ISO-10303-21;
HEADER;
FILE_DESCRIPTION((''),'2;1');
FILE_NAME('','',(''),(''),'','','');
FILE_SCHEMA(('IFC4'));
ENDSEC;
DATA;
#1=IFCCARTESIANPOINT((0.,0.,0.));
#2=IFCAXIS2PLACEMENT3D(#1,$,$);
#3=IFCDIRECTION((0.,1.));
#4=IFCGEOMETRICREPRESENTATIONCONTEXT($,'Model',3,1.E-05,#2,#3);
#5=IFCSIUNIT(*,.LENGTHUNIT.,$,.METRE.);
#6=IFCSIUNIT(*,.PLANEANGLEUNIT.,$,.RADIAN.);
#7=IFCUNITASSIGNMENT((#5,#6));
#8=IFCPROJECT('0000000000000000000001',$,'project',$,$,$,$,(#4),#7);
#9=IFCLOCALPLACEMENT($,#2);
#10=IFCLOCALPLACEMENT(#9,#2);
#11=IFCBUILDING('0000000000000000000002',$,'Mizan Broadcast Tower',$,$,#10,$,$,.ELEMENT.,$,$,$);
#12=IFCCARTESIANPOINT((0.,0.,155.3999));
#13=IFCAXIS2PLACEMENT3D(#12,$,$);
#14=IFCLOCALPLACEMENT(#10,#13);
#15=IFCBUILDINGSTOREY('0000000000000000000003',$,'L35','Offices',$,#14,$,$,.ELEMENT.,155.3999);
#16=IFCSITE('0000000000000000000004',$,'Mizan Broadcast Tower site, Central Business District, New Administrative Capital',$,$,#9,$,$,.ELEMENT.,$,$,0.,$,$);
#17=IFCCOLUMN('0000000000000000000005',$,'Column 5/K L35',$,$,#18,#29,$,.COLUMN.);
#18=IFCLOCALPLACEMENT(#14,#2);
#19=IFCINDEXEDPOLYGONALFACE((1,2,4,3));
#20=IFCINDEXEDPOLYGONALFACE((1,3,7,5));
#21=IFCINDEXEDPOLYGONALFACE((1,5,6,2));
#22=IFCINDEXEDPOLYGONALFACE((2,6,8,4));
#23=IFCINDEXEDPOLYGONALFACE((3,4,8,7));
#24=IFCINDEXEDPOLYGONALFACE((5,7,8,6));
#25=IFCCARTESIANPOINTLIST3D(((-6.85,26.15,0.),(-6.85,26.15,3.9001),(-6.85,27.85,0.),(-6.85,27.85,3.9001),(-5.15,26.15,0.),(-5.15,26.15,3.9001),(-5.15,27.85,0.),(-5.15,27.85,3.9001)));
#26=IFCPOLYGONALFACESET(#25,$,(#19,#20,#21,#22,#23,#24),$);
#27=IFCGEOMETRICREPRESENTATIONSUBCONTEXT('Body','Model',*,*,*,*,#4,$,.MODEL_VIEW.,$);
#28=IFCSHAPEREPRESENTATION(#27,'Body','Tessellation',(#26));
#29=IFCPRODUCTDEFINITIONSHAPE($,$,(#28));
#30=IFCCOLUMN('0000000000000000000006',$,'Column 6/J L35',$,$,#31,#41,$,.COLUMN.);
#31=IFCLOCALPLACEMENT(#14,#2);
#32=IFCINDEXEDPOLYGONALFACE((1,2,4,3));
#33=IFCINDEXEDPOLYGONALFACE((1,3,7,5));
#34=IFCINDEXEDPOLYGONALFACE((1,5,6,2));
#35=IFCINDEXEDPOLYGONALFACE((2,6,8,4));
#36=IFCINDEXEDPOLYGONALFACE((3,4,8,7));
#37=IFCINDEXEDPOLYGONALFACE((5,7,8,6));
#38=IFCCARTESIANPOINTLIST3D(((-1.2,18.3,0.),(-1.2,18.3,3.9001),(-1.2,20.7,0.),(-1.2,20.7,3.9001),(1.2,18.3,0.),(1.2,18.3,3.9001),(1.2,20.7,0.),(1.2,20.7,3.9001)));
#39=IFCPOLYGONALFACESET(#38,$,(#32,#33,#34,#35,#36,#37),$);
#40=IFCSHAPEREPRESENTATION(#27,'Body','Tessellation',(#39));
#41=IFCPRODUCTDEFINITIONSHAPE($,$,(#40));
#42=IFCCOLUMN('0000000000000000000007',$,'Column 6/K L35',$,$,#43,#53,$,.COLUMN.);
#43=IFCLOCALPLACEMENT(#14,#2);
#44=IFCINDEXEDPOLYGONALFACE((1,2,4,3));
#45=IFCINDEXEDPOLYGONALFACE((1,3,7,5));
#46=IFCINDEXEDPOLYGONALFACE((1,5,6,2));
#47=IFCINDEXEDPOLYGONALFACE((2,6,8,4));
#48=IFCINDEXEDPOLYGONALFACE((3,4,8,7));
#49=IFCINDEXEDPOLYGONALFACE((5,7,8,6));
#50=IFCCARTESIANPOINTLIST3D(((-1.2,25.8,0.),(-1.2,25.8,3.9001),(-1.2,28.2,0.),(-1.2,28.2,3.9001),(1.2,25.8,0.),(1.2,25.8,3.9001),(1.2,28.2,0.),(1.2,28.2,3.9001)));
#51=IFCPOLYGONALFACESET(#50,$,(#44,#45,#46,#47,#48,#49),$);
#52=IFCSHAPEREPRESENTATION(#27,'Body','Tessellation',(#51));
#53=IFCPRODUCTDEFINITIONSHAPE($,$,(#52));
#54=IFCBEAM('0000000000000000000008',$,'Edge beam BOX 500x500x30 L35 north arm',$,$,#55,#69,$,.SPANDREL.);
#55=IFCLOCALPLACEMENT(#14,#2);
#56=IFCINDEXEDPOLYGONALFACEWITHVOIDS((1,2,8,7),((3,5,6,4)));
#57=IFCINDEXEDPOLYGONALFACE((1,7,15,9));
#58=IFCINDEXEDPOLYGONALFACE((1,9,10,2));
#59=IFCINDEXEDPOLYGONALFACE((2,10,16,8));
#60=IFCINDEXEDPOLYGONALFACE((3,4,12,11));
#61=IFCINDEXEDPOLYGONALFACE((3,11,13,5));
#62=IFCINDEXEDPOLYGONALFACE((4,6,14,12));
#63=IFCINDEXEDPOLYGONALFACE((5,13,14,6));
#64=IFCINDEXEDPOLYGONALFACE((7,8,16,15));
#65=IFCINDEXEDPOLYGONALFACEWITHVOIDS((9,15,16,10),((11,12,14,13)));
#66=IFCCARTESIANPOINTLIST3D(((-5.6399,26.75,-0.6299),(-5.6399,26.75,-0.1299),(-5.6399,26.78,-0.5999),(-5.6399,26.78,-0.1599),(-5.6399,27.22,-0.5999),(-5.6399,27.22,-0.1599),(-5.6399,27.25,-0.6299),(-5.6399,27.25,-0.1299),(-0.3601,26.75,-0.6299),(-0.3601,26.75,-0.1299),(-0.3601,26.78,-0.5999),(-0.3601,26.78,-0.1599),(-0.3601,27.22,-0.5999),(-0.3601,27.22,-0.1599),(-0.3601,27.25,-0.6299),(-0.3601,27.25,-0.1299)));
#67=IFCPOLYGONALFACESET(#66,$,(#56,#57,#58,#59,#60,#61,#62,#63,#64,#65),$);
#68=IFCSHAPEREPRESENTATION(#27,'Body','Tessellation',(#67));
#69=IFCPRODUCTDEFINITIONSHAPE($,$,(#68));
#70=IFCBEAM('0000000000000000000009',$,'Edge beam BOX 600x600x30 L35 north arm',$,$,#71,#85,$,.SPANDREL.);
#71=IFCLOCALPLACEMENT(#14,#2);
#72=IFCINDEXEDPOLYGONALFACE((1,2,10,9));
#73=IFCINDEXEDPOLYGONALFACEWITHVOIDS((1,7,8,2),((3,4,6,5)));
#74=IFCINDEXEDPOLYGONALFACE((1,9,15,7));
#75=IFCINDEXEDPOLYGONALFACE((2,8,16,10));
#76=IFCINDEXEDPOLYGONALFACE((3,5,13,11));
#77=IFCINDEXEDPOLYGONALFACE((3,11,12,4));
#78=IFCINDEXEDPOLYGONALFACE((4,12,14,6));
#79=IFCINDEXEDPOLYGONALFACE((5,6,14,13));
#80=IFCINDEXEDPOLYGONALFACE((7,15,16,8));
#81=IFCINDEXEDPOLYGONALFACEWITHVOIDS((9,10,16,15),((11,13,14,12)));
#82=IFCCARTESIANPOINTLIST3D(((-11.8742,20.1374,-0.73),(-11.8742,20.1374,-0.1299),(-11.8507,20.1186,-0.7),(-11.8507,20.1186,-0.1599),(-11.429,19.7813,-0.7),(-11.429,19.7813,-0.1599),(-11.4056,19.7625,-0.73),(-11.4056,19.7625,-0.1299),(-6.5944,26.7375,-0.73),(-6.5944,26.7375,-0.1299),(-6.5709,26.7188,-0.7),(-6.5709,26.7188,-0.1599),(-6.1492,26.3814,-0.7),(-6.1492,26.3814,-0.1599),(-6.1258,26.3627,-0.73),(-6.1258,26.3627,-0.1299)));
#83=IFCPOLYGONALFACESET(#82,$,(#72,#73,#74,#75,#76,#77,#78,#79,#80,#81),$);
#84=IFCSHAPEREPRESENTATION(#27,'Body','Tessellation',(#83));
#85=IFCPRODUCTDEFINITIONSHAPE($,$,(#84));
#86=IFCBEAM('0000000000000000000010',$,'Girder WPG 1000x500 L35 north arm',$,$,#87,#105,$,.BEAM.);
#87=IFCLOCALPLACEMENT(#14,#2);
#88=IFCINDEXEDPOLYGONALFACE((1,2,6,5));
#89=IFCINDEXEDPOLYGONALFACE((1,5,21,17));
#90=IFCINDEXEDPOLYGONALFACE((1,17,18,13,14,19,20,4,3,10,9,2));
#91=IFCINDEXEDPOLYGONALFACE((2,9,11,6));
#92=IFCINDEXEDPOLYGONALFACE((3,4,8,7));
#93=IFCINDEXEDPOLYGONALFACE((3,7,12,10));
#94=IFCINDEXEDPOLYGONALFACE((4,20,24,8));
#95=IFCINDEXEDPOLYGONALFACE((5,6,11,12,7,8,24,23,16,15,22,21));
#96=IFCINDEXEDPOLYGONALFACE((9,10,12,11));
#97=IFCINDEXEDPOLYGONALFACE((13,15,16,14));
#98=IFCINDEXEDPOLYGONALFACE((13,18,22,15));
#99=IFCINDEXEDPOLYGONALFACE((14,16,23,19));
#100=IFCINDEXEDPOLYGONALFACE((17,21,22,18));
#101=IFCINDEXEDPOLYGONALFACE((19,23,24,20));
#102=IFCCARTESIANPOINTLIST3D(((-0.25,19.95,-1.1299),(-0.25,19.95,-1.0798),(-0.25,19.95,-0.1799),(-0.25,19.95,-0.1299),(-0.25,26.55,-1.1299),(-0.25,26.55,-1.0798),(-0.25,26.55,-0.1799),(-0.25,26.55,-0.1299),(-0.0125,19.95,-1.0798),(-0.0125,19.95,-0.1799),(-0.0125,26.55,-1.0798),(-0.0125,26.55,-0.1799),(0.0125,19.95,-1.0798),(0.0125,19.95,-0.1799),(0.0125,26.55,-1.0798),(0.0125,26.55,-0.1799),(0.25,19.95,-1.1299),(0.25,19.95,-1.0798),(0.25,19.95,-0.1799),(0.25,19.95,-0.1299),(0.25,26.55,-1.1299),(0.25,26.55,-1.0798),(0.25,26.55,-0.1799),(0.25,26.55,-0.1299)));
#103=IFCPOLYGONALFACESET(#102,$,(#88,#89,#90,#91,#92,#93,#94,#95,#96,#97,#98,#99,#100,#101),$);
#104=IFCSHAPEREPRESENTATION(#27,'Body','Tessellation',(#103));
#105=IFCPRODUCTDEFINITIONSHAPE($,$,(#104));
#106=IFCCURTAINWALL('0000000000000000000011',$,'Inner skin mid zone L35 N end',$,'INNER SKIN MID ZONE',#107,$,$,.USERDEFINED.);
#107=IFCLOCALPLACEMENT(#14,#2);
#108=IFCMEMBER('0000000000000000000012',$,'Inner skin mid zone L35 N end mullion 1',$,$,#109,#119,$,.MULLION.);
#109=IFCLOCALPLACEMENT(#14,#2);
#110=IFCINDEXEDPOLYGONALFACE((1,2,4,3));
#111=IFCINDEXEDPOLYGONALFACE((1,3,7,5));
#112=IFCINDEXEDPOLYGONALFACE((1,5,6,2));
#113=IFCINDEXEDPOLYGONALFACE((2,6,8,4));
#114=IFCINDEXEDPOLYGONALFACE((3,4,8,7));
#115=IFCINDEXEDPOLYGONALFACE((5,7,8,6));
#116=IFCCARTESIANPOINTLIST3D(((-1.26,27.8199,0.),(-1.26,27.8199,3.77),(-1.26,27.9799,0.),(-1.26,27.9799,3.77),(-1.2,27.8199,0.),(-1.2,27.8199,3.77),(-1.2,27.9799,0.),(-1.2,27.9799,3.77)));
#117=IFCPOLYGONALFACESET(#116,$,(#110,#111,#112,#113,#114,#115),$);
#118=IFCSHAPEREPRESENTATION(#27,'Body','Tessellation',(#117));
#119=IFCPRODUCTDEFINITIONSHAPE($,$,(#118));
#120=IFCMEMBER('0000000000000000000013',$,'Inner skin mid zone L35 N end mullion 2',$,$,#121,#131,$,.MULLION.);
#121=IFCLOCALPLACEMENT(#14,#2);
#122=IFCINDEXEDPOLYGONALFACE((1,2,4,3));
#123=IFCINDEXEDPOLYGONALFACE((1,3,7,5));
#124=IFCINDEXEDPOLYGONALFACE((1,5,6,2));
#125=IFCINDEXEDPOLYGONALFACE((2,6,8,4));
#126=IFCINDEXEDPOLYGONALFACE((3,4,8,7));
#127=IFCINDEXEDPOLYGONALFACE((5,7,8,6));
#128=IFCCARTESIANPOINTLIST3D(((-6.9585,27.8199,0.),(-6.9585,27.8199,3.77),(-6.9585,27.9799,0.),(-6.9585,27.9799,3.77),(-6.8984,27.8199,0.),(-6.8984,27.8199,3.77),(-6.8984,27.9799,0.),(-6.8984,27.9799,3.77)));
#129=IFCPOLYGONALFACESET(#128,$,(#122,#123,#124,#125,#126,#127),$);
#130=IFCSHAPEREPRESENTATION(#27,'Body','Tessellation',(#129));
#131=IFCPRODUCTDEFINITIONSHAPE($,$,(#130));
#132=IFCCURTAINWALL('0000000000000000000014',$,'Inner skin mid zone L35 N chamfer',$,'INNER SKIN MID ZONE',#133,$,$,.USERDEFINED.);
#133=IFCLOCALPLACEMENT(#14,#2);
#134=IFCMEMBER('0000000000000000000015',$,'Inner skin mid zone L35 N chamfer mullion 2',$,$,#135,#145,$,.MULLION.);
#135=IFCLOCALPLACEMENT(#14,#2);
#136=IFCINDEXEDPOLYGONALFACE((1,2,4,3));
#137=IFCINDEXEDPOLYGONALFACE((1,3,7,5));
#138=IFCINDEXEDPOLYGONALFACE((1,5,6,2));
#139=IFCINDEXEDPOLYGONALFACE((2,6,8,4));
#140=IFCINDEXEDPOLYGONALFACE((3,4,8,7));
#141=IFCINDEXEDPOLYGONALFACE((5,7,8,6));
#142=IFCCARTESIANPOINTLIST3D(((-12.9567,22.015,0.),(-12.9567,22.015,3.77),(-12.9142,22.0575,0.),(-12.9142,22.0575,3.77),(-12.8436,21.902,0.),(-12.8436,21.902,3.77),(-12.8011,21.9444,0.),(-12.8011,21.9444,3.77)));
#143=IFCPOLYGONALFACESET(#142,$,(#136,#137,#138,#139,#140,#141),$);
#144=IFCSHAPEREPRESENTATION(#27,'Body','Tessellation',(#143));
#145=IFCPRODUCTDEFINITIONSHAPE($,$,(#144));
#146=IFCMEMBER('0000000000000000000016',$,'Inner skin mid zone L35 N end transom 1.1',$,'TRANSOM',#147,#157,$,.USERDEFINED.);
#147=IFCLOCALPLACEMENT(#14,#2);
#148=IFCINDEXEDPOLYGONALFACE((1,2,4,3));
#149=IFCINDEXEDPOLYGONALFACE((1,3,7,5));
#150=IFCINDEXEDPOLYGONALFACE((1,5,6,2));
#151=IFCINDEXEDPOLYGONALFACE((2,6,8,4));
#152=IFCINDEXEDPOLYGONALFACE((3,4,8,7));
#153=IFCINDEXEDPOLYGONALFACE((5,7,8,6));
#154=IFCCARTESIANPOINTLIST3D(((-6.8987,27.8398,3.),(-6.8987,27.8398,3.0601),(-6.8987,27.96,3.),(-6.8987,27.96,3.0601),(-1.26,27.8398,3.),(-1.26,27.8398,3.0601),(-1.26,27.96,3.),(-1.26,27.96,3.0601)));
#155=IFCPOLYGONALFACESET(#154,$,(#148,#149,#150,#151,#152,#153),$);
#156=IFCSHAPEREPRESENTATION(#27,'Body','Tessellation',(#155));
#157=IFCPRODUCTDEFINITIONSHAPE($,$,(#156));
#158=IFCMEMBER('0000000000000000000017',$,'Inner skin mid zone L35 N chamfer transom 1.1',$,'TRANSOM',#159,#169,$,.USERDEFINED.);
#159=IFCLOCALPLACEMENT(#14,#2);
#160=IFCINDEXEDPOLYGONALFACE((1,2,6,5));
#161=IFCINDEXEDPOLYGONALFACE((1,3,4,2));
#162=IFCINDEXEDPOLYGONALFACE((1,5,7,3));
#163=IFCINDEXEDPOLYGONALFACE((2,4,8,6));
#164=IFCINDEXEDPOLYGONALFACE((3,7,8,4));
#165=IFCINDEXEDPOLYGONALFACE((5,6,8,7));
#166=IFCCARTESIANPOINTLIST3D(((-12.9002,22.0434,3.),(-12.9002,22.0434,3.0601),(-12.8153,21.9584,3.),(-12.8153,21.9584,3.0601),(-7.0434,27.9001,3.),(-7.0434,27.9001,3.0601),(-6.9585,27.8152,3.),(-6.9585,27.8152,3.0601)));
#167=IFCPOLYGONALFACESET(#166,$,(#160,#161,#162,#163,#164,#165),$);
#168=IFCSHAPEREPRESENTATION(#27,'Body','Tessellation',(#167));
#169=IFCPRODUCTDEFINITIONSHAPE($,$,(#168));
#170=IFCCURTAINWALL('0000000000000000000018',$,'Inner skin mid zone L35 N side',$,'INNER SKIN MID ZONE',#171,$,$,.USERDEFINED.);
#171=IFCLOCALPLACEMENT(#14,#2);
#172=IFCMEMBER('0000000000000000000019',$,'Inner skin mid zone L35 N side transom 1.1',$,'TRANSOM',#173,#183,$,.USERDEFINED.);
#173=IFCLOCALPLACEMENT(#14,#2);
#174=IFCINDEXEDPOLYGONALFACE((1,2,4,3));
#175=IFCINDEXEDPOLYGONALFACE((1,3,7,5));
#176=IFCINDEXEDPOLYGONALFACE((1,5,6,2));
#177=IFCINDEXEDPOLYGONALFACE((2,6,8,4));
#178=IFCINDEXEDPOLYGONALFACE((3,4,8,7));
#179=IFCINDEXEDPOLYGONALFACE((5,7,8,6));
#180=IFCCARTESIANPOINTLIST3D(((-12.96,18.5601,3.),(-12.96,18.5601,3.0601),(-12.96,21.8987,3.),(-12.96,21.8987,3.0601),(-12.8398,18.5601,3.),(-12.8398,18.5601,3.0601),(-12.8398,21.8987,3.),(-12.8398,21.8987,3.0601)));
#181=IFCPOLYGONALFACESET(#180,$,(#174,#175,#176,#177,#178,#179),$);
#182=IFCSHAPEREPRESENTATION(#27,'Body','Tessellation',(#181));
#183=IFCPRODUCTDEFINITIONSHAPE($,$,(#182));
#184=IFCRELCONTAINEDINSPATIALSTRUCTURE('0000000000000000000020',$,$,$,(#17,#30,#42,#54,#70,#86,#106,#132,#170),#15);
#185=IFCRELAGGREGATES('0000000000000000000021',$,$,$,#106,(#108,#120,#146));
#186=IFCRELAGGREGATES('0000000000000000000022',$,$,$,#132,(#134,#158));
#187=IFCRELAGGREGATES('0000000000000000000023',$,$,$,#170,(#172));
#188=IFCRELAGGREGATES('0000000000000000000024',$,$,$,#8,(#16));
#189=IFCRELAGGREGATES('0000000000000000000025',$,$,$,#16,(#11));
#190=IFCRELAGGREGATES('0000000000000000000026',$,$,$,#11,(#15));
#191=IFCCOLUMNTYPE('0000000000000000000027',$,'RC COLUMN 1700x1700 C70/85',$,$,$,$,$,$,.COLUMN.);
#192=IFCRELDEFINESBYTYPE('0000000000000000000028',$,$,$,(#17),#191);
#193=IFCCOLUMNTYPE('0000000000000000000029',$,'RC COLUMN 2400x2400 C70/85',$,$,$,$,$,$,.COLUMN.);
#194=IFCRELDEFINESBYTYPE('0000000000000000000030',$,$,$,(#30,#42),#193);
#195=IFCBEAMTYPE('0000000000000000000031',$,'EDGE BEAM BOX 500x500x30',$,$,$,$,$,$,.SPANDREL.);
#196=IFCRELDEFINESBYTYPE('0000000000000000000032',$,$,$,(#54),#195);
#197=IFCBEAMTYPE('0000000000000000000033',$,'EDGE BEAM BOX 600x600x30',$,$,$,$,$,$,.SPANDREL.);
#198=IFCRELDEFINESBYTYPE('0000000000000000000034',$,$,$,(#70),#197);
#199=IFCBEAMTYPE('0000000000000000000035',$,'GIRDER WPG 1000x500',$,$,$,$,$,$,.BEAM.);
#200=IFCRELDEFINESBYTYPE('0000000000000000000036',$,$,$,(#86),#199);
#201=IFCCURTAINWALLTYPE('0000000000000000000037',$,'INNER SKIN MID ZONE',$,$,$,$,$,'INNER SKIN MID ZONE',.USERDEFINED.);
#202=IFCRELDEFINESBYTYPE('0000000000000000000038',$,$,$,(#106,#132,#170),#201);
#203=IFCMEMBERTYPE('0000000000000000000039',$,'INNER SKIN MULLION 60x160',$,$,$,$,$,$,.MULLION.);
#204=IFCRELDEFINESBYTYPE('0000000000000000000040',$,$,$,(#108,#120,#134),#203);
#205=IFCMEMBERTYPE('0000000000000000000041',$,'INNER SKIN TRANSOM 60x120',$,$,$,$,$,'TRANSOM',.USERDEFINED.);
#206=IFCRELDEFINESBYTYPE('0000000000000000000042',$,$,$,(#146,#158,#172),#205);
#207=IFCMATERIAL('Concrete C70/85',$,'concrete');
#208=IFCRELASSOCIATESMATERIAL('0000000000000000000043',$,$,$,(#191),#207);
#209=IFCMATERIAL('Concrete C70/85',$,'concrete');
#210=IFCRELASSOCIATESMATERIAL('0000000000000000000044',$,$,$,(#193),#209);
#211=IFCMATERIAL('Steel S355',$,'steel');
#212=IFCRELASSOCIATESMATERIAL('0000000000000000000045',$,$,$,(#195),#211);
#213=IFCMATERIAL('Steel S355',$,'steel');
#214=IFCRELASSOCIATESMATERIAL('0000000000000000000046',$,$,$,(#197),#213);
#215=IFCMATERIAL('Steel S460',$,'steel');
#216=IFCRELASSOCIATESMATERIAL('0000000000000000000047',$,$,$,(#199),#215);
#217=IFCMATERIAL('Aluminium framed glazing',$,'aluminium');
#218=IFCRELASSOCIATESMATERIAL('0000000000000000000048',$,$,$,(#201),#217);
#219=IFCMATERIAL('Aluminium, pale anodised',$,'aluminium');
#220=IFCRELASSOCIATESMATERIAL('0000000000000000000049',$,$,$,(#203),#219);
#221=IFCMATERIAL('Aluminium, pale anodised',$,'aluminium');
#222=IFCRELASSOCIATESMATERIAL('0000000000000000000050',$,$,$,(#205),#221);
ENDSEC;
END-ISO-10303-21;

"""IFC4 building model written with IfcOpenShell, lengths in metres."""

from ifc_helpers import new_model, si_unit, direction, frame, origin, origin_2d, place, context, subcontext, project, spatial, rectangle, hollow_rectangle, i_section, extrude, material, material_profile, profile_set, type_object, element, aggregate, save


model = new_model("IFC4")

# Units and contexts
model_context = context("Model", 3, precision=1e-05, world=origin(), true_north=direction((0.0, 1.0)))
body_context = subcontext(model_context, "Body", "Model", "MODEL_VIEW")
ifc_project = project(units=[si_unit("LENGTHUNIT", "METRE"), si_unit("PLANEANGLEUNIT", "RADIAN")], contexts=[model_context])

# Site, building, storey
site_placement = place(None, origin())
site = spatial("IfcSite", under=ifc_project, at=site_placement, Name="Mizan Broadcast Tower site, Central Business District, New Administrative Capital", CompositionType="ELEMENT", RefElevation=0.0)
building_placement = place(site_placement, origin())
building = spatial("IfcBuilding", under=site, at=building_placement, Name="Mizan Broadcast Tower", CompositionType="ELEMENT")
storey_placement = place(building_placement, frame((0.0, 0.0, 155.3999)))
storey = spatial("IfcBuildingStorey", under=building, at=storey_placement, Name="L35", Description="Offices", CompositionType="ELEMENT", Elevation=155.3999)

# Columns
ifc_material_1 = material(Name="Concrete C70/85", Category="concrete")
ifc_material_profile_1 = material_profile(ifc_material_1, rectangle(XDim=1.7, YDim=1.7, at=origin_2d()), Name="RC 1700x1700")
ifc_profile_set_1 = profile_set([ifc_material_profile_1], Name="Concrete C70/85")
column_type_1 = type_object("IfcColumnType", Name="RC COLUMN 1700x1700 C70/85", PredefinedType="COLUMN", material=ifc_profile_set_1)
column_placement = place(storey_placement, frame((-6.0, 27.0, 0.0), z_axis=(0.0, 0.0, 1.0), x_axis=(1.0, 0.0, 0.0)))
element("IfcColumn", 1, at=column_placement, inside=storey, type_object=column_type_1, Name="Column 5/K L35", PredefinedType="COLUMN", context=body_context, shape_type="SweptSolid", body=[
    extrude(rectangle(XDim=1.7, YDim=1.7, at=origin_2d()), origin(), (0.0, 0.0, 1.0), 3.9001),
])
ifc_material_2 = material(Name="Concrete C70/85", Category="concrete")
ifc_material_profile_2 = material_profile(ifc_material_2, rectangle(XDim=2.3999, YDim=2.3999, at=origin_2d()), Name="RC 2400x2400")
ifc_profile_set_2 = profile_set([ifc_material_profile_2], Name="Concrete C70/85")
column_type_2 = type_object("IfcColumnType", Name="RC COLUMN 2400x2400 C70/85", PredefinedType="COLUMN", material=ifc_profile_set_2)
for number, where, z_axis, x_axis, name in (
    (2, (0.0, 19.5, 0.0), (0.0, 0.0, 1.0), (1.0, 0.0, 0.0), "Column 6/J L35"),
    (3, (0.0, 27.0, 0.0), (0.0, 0.0, 1.0), (1.0, 0.0, 0.0), "Column 6/K L35"),
):
    element("IfcColumn", number, at=place(storey_placement, frame(where, z_axis=z_axis, x_axis=x_axis)), inside=storey, type_object=column_type_2, Name=name, PredefinedType="COLUMN", context=body_context, shape_type="SweptSolid", body=[
        extrude(rectangle(XDim=2.3999, YDim=2.3999, at=origin_2d()), origin(), (0.0, 0.0, 1.0), 3.9001),
    ])

# Beams
ifc_material_3 = material(Name="Steel S355", Category="steel")
ifc_material_profile_3 = material_profile(ifc_material_3, hollow_rectangle(XDim=0.5, YDim=0.5, WallThickness=0.03, at=origin_2d()), Name="BOX 500x500x30")
ifc_profile_set_3 = profile_set([ifc_material_profile_3], Name="Steel S355")
beam_type_1 = type_object("IfcBeamType", Name="EDGE BEAM BOX 500x500x30", PredefinedType="SPANDREL", material=ifc_profile_set_3)
beam_1_placement = place(storey_placement, frame((-5.6399, 27.0, -0.3799), z_axis=(1.0, 0.0, 0.0), x_axis=(0.0, 1.0, 0.0)))
element("IfcBeam", 4, at=beam_1_placement, inside=storey, type_object=beam_type_1, Name="Edge beam BOX 500x500x30 L35 north arm", PredefinedType="SPANDREL", context=body_context, shape_type="SweptSolid", body=[
    extrude(hollow_rectangle(XDim=0.5, YDim=0.5, WallThickness=0.03, at=origin_2d()), origin(), (0.0, 0.0, 1.0), 5.2798),
])
ifc_material_4 = material(Name="Steel S355", Category="steel")
ifc_material_profile_4 = material_profile(ifc_material_4, hollow_rectangle(XDim=0.6001, YDim=0.6001, WallThickness=0.03, at=origin_2d()), Name="BOX 600x600x30")
ifc_profile_set_4 = profile_set([ifc_material_profile_4], Name="Steel S355")
beam_type_2 = type_object("IfcBeamType", Name="EDGE BEAM BOX 600x600x30", PredefinedType="SPANDREL", material=ifc_profile_set_4)
beam_2_placement = place(storey_placement, frame((-11.6399, 19.95, -0.4299), z_axis=(0.624674, 0.780886, 0.0), x_axis=(-0.780886, 0.624674, 0.0)))
element("IfcBeam", 5, at=beam_2_placement, inside=storey, type_object=beam_type_2, Name="Edge beam BOX 600x600x30 L35 north arm", PredefinedType="SPANDREL", context=body_context, shape_type="SweptSolid", body=[
    extrude(hollow_rectangle(XDim=0.6001, YDim=0.6001, WallThickness=0.03, at=origin_2d()), origin(), (0.0, 0.0, 1.0), 8.4521),
])
ifc_material_5 = material(Name="Steel S460", Category="steel")
ifc_material_profile_5 = material_profile(ifc_material_5, i_section(OverallWidth=0.5, OverallDepth=1.0, WebThickness=0.0249, FlangeThickness=0.05, at=origin_2d()), Name="WPG 1000x500")
ifc_profile_set_5 = profile_set([ifc_material_profile_5], Name="Steel S460")
beam_type_3 = type_object("IfcBeamType", Name="GIRDER WPG 1000x500", PredefinedType="BEAM", material=ifc_profile_set_5)
beam_3_placement = place(storey_placement, frame((0.0, 19.95, -0.6299), z_axis=(0.0, 1.0, 0.0), x_axis=(-1.0, 0.0, 0.0)))
element("IfcBeam", 6, at=beam_3_placement, inside=storey, type_object=beam_type_3, Name="Girder WPG 1000x500 L35 north arm", PredefinedType="BEAM", context=body_context, shape_type="SweptSolid", body=[
    extrude(i_section(OverallWidth=0.5, OverallDepth=1.0, WebThickness=0.0249, FlangeThickness=0.05, at=origin_2d()), origin(), (0.0, 0.0, 1.0), 6.6001),
])

# Curtain wall, members
ifc_material_6 = material(Name="Aluminium framed glazing", Category="aluminium")
curtain_wall_type_1 = type_object("IfcCurtainWallType", Name="INNER SKIN MID ZONE", ElementType="INNER SKIN MID ZONE", PredefinedType="USERDEFINED", material=ifc_material_6)
curtain_wall_1_placement = place(storey_placement, origin())
curtain_wall_1 = element("IfcCurtainWall", 7, at=curtain_wall_1_placement, inside=storey, type_object=curtain_wall_type_1, Name="Inner skin mid zone L35 N end", ObjectType="INNER SKIN MID ZONE", PredefinedType="USERDEFINED")
ifc_material_7 = material(Name="Aluminium, pale anodised", Category="aluminium")
ifc_material_profile_6 = material_profile(ifc_material_7, rectangle(XDim=0.1599, YDim=0.0601, at=origin_2d()), Name="MULLION 160x60")
ifc_profile_set_6 = profile_set([ifc_material_profile_6], Name="Aluminium, pale anodised")
member_type_1 = type_object("IfcMemberType", Name="INNER SKIN MULLION 60x160", PredefinedType="MULLION", material=ifc_profile_set_6)
member_1_placement = place(storey_placement, frame((-1.23, 27.8999, 0.0), z_axis=(0.0, 0.0, 1.0), x_axis=(0.0, -1.0, 0.0)))
member_1 = element("IfcMember", 8, at=member_1_placement, type_object=member_type_1, Name="Inner skin mid zone L35 N end mullion 1", PredefinedType="MULLION", context=body_context, shape_type="SweptSolid", body=[
    extrude(rectangle(XDim=0.1599, YDim=0.0601, at=origin_2d()), origin(), (0.0, 0.0, 1.0), 3.77),
])
member_2_placement = place(storey_placement, frame((-6.9285, 27.8999, 0.0), z_axis=(0.0, 0.0, 1.0), x_axis=(0.0, -1.0, 0.0)))
member_2 = element("IfcMember", 9, at=member_2_placement, type_object=member_type_1, Name="Inner skin mid zone L35 N end mullion 2", PredefinedType="MULLION", context=body_context, shape_type="SweptSolid", body=[
    extrude(rectangle(XDim=0.1599, YDim=0.0601, at=origin_2d()), origin(), (0.0, 0.0, 1.0), 3.77),
])

# Curtain wall, member
curtain_wall_2_placement = place(storey_placement, origin())
curtain_wall_2 = element("IfcCurtainWall", 10, at=curtain_wall_2_placement, inside=storey, type_object=curtain_wall_type_1, Name="Inner skin mid zone L35 N chamfer", ObjectType="INNER SKIN MID ZONE", PredefinedType="USERDEFINED")
member_3_placement = place(storey_placement, frame((-12.8789, 21.9797, 0.0), z_axis=(0.0, 0.0, 1.0), x_axis=(0.707107, -0.707107, 0.0)))
member_3 = element("IfcMember", 11, at=member_3_placement, type_object=member_type_1, Name="Inner skin mid zone L35 N chamfer mullion 2", PredefinedType="MULLION", context=body_context, shape_type="SweptSolid", body=[
    extrude(rectangle(XDim=0.1599, YDim=0.0601, at=origin_2d()), origin(), (0.0, 0.0, 1.0), 3.77),
])

# Members
ifc_material_8 = material(Name="Aluminium, pale anodised", Category="aluminium")
ifc_material_profile_7 = material_profile(ifc_material_8, rectangle(XDim=0.1201, YDim=0.0601, at=origin_2d()), Name="TRANSOM 120x60")
ifc_profile_set_7 = profile_set([ifc_material_profile_7], Name="Aluminium, pale anodised")
member_type_2 = type_object("IfcMemberType", Name="INNER SKIN TRANSOM 60x120", ElementType="TRANSOM", PredefinedType="USERDEFINED", material=ifc_profile_set_7)
member_4_placement = place(storey_placement, frame((-1.26, 27.8999, 3.03), z_axis=(-1.0, 0.0, 0.0), x_axis=(0.0, -1.0, 0.0)))
member_4 = element("IfcMember", 12, at=member_4_placement, type_object=member_type_2, Name="Inner skin mid zone L35 N end transom 1.1", ObjectType="TRANSOM", PredefinedType="USERDEFINED", context=body_context, shape_type="SweptSolid", body=[
    extrude(rectangle(XDim=0.1201, YDim=0.0601, at=origin_2d()), origin(), (0.0, 0.0, 1.0), 5.6387),
])
member_5_placement = place(storey_placement, frame((-7.001, 27.8577, 3.03), z_axis=(-0.707107, -0.707107, 0.0), x_axis=(0.707107, -0.707107, 0.0)))
member_5 = element("IfcMember", 13, at=member_5_placement, type_object=member_type_2, Name="Inner skin mid zone L35 N chamfer transom 1.1", ObjectType="TRANSOM", PredefinedType="USERDEFINED", context=body_context, shape_type="SweptSolid", body=[
    extrude(rectangle(XDim=0.1201, YDim=0.0601, at=origin_2d()), origin(), (0.0, 0.0, 1.0), 8.2827),
])

# Curtain wall, member
curtain_wall_3_placement = place(storey_placement, origin())
curtain_wall_3 = element("IfcCurtainWall", 14, at=curtain_wall_3_placement, inside=storey, type_object=curtain_wall_type_1, Name="Inner skin mid zone L35 N side", ObjectType="INNER SKIN MID ZONE", PredefinedType="USERDEFINED")
member_6_placement = place(storey_placement, frame((-12.8999, 21.8987, 3.03), z_axis=(0.0, -1.0, 0.0), x_axis=(1.0, 0.0, 0.0)))
member_6 = element("IfcMember", 15, at=member_6_placement, type_object=member_type_2, Name="Inner skin mid zone L35 N side transom 1.1", ObjectType="TRANSOM", PredefinedType="USERDEFINED", context=body_context, shape_type="SweptSolid", body=[
    extrude(rectangle(XDim=0.1201, YDim=0.0601, at=origin_2d()), origin(), (0.0, 0.0, 1.0), 3.3386),
])

aggregate(curtain_wall_1, [member_1, member_2, member_4])
aggregate(curtain_wall_2, [member_3, member_5])
aggregate(curtain_wall_3, [member_6])

save(model, "model.ifc")
